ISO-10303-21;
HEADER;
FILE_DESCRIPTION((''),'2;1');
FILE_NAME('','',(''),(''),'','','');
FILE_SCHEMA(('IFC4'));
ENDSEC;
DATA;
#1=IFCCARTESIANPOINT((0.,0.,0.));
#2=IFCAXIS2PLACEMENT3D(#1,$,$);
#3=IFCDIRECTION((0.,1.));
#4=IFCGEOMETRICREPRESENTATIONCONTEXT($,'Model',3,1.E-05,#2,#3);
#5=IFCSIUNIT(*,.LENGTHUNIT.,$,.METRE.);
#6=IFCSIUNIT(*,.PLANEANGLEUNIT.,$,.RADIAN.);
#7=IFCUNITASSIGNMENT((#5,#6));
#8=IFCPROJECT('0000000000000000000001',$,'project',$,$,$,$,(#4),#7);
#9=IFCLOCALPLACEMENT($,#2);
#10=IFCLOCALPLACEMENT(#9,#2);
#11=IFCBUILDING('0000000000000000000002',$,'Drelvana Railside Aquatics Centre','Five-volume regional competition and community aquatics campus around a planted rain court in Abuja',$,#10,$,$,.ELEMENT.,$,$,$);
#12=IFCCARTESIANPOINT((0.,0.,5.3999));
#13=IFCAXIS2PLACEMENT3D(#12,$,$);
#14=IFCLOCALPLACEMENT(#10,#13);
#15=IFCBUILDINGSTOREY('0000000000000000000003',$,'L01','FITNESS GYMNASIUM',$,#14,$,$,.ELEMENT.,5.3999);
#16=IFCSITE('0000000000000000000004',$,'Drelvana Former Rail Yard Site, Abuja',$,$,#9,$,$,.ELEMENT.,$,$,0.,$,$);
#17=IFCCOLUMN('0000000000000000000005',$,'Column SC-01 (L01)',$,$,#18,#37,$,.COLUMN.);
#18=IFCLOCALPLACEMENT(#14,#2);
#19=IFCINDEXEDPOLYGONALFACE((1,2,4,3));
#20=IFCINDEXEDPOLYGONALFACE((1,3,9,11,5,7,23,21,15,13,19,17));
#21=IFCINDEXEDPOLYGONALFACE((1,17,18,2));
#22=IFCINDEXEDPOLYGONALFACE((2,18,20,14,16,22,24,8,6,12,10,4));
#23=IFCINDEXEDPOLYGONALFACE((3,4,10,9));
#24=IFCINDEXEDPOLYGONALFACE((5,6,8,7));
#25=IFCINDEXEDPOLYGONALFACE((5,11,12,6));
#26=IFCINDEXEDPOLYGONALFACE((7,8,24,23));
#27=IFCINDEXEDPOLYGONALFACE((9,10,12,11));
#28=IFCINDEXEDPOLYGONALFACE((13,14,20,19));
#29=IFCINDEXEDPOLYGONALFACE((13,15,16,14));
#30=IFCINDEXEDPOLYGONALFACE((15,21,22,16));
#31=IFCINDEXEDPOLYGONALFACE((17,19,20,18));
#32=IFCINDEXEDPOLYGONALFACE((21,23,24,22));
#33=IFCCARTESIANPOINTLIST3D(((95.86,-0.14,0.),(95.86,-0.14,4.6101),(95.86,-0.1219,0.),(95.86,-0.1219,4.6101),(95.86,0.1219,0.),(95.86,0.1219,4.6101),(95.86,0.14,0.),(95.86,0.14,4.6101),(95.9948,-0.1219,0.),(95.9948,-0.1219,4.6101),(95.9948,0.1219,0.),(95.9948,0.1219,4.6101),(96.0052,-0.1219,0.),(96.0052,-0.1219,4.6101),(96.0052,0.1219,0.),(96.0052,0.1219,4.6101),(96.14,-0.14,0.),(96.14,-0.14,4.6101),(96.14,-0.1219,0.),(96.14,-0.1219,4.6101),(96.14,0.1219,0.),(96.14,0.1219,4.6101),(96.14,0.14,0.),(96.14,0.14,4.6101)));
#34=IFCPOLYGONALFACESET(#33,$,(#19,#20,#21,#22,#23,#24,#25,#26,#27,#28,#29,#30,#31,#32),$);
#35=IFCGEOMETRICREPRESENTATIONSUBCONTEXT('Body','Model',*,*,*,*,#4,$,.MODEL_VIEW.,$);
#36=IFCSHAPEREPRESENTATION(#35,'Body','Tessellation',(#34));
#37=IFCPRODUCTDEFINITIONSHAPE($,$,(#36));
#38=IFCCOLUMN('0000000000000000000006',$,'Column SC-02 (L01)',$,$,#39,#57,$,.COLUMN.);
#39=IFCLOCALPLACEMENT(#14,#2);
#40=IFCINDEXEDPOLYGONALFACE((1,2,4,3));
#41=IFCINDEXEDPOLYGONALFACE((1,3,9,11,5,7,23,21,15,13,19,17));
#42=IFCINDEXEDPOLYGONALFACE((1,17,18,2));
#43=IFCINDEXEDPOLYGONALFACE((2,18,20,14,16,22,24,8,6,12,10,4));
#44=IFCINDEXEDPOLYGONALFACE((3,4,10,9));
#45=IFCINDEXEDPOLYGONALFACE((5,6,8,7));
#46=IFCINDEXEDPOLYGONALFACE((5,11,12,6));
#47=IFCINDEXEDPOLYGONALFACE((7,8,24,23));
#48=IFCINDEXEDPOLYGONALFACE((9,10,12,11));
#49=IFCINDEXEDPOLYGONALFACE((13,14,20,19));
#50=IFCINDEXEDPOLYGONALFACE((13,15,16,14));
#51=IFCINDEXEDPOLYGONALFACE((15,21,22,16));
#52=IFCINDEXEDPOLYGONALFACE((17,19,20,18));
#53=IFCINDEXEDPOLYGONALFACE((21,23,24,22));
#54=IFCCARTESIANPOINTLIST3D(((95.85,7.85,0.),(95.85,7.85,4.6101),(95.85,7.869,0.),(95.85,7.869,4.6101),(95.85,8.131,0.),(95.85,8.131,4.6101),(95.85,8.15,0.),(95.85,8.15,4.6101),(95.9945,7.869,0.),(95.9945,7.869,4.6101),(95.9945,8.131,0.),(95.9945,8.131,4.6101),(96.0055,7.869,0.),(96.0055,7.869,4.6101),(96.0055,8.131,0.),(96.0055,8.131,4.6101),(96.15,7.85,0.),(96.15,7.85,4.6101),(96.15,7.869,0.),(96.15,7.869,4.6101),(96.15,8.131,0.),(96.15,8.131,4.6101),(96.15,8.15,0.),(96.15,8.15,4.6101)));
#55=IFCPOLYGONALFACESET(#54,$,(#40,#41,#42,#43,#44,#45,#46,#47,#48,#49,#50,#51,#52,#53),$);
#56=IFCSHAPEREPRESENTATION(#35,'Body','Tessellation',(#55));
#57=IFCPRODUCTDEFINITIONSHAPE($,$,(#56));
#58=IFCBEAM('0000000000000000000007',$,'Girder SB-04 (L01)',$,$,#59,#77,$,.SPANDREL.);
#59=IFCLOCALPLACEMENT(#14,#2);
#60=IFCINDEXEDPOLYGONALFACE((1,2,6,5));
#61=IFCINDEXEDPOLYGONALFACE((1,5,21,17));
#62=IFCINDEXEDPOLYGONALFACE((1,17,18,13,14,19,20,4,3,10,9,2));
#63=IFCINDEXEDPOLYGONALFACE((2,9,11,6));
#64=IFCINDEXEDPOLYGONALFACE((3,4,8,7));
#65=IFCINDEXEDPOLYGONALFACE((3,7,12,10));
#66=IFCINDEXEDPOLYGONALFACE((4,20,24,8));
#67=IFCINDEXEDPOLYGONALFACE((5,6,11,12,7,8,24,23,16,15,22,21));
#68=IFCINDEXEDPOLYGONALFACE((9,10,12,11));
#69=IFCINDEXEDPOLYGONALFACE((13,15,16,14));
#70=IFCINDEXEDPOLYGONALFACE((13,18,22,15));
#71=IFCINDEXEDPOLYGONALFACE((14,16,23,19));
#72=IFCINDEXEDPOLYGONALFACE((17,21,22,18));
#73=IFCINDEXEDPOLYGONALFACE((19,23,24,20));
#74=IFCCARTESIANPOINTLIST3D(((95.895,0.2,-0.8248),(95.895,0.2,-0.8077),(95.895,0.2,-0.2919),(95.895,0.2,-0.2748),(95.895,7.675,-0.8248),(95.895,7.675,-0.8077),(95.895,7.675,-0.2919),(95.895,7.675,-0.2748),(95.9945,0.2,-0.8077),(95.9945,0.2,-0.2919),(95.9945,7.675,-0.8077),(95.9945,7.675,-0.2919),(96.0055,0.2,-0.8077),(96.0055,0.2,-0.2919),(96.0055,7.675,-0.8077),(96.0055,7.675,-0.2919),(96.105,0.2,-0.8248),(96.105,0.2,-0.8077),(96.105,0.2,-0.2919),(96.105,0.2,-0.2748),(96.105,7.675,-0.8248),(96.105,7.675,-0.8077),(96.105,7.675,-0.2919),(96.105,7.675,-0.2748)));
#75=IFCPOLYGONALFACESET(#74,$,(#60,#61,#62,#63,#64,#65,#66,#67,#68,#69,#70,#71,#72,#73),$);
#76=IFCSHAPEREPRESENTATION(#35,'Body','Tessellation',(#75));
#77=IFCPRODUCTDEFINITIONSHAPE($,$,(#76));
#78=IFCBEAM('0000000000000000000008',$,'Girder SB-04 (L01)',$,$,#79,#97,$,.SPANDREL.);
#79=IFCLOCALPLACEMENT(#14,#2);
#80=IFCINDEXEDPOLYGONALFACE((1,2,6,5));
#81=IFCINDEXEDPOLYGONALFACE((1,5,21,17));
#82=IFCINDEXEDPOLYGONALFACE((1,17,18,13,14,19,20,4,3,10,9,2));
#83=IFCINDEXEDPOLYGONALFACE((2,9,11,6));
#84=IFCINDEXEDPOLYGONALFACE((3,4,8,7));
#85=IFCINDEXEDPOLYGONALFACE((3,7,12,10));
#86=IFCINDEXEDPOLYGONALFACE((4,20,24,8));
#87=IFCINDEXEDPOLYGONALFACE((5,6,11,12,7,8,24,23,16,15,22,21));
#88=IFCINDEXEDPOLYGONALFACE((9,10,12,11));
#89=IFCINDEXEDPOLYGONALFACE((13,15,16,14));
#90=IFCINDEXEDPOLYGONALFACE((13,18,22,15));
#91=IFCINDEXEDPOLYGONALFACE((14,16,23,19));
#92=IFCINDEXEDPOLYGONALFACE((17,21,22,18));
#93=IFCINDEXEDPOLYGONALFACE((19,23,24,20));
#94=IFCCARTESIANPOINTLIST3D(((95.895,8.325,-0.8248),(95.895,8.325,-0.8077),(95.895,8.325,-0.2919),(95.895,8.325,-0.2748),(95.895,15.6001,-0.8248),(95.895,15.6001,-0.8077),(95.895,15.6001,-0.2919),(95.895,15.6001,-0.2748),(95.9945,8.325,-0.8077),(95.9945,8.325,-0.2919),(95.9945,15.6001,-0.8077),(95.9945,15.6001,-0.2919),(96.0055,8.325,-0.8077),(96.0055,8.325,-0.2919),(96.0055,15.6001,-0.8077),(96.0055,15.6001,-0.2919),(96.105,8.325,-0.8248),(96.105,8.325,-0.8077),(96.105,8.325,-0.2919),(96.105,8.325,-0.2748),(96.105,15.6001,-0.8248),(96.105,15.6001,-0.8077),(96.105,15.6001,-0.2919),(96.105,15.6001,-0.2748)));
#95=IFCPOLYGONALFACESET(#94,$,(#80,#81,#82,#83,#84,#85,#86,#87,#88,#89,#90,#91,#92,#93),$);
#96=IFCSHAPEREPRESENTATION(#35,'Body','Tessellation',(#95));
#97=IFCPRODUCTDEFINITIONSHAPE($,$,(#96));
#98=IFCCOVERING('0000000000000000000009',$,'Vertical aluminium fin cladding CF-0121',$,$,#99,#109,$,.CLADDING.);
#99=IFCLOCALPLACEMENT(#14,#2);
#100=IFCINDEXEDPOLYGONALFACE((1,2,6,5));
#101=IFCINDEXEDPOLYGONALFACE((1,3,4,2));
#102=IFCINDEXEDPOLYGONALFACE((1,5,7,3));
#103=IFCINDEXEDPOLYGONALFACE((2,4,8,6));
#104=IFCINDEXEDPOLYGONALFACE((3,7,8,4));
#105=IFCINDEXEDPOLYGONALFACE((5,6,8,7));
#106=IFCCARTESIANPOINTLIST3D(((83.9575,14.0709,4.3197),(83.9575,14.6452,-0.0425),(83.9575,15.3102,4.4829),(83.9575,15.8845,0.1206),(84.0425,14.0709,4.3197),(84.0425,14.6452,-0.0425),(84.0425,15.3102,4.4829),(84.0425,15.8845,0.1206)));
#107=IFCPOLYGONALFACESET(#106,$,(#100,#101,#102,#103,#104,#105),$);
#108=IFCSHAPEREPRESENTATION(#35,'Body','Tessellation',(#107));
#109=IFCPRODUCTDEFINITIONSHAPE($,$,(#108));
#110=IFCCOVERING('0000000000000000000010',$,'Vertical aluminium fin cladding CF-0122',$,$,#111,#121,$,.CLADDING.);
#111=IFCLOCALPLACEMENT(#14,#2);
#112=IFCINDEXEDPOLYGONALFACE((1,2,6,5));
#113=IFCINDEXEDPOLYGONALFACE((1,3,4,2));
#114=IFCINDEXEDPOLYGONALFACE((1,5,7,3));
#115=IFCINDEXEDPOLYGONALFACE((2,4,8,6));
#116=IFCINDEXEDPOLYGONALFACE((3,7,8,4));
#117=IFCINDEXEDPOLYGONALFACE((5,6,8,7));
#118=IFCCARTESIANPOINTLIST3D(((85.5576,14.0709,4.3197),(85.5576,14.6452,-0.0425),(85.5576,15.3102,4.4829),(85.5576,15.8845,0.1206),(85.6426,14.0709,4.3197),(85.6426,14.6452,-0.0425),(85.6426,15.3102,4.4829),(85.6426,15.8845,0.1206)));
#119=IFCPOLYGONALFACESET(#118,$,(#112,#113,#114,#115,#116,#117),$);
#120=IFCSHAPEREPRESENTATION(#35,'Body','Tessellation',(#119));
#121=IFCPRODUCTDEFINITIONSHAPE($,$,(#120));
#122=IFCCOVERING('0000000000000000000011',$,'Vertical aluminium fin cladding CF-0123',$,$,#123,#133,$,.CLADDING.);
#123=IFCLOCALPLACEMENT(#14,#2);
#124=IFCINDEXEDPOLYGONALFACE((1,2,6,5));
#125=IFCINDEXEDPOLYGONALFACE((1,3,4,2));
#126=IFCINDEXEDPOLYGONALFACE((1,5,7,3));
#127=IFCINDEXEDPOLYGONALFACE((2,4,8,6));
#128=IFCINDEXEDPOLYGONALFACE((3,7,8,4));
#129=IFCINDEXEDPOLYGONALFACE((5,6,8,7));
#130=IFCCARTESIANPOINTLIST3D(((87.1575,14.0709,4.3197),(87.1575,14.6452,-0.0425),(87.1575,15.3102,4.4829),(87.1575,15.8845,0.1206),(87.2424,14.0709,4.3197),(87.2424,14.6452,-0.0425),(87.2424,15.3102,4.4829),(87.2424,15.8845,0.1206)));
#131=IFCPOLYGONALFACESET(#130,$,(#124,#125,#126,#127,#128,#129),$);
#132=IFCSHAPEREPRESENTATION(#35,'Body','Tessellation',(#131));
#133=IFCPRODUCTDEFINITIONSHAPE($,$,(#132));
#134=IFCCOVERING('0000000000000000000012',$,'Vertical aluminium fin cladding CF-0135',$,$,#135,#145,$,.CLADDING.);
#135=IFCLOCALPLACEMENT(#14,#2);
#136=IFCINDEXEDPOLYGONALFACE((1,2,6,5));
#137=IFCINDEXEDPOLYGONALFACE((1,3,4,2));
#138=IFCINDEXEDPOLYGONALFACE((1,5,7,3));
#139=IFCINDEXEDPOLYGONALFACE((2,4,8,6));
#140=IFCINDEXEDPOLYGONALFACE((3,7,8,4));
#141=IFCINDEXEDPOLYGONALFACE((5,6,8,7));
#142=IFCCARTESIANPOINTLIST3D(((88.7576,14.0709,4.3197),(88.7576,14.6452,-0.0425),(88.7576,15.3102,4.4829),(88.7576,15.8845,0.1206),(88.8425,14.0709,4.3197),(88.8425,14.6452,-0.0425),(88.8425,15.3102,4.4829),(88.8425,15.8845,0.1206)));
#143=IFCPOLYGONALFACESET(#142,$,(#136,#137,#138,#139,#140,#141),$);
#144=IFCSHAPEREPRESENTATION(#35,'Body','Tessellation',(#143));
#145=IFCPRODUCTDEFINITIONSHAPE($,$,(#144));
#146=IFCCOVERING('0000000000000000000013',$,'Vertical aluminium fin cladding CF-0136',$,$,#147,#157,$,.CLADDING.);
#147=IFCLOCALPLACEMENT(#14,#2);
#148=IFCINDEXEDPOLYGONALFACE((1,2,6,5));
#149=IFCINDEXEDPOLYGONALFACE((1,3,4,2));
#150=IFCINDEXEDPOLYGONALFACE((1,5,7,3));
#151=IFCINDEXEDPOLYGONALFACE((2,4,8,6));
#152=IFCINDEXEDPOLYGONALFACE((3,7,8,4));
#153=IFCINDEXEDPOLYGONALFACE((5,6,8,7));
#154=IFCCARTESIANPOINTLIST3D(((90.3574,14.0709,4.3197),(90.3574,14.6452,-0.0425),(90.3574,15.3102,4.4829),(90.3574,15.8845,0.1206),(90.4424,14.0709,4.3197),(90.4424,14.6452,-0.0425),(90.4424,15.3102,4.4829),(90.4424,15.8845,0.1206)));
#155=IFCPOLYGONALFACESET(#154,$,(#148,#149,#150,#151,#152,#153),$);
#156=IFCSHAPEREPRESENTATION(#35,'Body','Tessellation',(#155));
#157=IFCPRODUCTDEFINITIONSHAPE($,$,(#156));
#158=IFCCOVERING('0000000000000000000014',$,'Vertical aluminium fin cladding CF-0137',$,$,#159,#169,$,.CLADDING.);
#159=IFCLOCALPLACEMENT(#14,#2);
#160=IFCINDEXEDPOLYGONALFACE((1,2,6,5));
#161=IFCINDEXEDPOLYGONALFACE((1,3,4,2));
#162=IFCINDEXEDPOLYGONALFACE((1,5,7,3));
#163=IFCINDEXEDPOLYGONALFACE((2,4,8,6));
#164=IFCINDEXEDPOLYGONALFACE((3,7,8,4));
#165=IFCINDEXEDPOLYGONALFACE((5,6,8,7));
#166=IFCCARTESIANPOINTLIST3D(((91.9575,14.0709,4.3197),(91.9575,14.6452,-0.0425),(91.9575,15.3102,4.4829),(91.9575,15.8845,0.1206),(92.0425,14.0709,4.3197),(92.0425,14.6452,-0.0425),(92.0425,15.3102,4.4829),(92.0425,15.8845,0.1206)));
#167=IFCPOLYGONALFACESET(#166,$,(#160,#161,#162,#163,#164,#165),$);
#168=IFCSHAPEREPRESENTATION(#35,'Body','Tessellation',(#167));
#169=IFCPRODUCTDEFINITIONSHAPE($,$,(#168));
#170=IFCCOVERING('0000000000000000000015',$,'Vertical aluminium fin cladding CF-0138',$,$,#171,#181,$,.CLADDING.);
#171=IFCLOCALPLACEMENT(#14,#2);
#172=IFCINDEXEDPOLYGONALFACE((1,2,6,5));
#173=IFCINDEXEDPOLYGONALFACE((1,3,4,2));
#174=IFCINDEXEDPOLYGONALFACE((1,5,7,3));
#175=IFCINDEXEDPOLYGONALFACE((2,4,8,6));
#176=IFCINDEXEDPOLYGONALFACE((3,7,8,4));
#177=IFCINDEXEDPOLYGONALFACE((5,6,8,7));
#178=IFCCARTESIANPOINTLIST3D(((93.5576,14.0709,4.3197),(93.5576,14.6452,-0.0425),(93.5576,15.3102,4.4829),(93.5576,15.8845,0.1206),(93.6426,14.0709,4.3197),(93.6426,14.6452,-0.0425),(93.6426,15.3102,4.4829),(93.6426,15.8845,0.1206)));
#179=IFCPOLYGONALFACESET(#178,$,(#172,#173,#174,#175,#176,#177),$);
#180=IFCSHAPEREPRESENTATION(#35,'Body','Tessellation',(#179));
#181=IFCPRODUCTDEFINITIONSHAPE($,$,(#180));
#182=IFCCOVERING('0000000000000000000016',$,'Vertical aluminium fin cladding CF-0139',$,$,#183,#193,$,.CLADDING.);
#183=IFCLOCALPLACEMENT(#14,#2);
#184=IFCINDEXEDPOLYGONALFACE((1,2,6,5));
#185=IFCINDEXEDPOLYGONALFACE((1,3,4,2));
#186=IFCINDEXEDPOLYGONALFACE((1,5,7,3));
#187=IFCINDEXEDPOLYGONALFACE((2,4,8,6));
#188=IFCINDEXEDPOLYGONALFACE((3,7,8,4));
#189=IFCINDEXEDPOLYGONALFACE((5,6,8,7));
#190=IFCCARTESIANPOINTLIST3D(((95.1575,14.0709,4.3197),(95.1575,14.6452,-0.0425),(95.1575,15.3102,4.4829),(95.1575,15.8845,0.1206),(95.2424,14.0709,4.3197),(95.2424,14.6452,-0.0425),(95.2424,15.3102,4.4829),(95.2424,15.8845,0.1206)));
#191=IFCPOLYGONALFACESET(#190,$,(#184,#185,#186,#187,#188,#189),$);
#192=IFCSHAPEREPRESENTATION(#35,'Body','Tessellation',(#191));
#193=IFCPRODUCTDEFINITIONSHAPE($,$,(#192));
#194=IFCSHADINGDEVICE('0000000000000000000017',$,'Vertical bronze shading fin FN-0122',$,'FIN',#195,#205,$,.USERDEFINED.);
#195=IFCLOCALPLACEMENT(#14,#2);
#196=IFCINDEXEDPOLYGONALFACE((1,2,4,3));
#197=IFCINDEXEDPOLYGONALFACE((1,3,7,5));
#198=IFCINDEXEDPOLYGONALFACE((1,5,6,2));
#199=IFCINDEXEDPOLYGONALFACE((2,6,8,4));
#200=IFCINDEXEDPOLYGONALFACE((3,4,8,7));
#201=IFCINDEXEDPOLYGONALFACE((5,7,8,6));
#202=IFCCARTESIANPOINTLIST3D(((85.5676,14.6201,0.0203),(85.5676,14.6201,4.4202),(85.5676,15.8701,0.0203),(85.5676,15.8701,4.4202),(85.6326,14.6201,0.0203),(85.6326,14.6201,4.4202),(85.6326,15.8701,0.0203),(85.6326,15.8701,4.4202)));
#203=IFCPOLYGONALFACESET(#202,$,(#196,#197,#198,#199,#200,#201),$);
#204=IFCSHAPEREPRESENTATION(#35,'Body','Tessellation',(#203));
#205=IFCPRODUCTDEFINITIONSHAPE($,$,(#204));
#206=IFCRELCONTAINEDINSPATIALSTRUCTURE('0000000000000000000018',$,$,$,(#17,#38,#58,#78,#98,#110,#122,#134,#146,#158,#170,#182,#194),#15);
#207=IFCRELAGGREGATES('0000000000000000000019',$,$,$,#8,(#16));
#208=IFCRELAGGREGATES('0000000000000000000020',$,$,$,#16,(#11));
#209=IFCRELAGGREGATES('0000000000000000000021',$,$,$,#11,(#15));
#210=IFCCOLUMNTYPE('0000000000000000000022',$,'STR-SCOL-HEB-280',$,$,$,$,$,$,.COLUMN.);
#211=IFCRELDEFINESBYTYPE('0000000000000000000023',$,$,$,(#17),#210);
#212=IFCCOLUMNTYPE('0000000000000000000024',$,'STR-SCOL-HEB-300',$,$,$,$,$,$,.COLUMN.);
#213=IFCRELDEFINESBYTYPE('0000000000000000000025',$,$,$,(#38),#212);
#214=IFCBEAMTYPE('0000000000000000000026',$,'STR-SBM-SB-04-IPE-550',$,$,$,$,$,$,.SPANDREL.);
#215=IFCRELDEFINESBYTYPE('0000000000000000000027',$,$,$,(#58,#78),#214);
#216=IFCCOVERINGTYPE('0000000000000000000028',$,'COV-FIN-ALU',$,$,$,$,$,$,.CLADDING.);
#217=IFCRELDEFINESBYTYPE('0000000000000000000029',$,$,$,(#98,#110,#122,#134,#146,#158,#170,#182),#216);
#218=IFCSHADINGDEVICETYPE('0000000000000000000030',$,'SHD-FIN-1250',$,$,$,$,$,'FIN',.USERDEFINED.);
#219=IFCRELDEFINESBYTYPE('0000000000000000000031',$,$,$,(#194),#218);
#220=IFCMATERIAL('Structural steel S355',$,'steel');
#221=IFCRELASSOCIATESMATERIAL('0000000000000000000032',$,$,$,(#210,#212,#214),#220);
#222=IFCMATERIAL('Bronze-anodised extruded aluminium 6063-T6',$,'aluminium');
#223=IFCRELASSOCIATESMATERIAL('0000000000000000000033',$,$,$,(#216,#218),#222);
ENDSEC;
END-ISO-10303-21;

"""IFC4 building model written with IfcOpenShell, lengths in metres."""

from ifc_helpers import new_model, si_unit, direction, frame, origin, origin_2d, place, context, subcontext, project, spatial, rectangle, i_section, extrude, material, material_profile, profile_set, type_object, element, save


model = new_model("IFC4")

# Units and contexts
model_context = context("Model", 3, precision=1e-05, world=origin(), true_north=direction((0.0, 1.0)))
body_context = subcontext(model_context, "Body", "Model", "MODEL_VIEW")
ifc_project = project(units=[si_unit("LENGTHUNIT", "METRE"), si_unit("PLANEANGLEUNIT", "RADIAN")], contexts=[model_context])

# Site, building, storey
site_placement = place(None, origin())
site = spatial("IfcSite", under=ifc_project, at=site_placement, Name="Drelvana Former Rail Yard Site, Abuja", CompositionType="ELEMENT", RefElevation=0.0)
building_placement = place(site_placement, origin())
building = spatial("IfcBuilding", under=site, at=building_placement, Name="Drelvana Railside Aquatics Centre", Description="Five-volume regional competition and community aquatics campus around a planted rain court in Abuja", CompositionType="ELEMENT")
storey_placement = place(building_placement, frame((0.0, 0.0, 5.3999)))
storey = spatial("IfcBuildingStorey", under=building, at=storey_placement, Name="L01", Description="FITNESS GYMNASIUM", CompositionType="ELEMENT", Elevation=5.3999)

# Columns
ifc_material_1 = material(Name="Structural steel S355", Category="steel")
ifc_material_profile_1 = material_profile(ifc_material_1, i_section(OverallWidth=0.28, OverallDepth=0.28, WebThickness=0.0105, FlangeThickness=0.0181, at=origin_2d()), Name="HEB 280")
ifc_profile_set_1 = profile_set([ifc_material_profile_1], Name="Structural steel S355")
column_type_1 = type_object("IfcColumnType", Name="STR-SCOL-HEB-280", PredefinedType="COLUMN", material=ifc_profile_set_1)
column_1_placement = place(storey_placement, frame((96.0, 0.0, 0.0), z_axis=(0.0, 0.0, 1.0), x_axis=(1.0, 0.0, 0.0)))
element("IfcColumn", 1, at=column_1_placement, inside=storey, type_object=column_type_1, Name="Column SC-01 (L01)", PredefinedType="COLUMN", context=body_context, shape_type="SweptSolid", body=[
    extrude(i_section(OverallWidth=0.28, OverallDepth=0.28, WebThickness=0.0105, FlangeThickness=0.0181, at=origin_2d()), origin(), (0.0, 0.0, 1.0), 4.6101),
])
ifc_material_profile_2 = material_profile(ifc_material_1, i_section(OverallWidth=0.3, OverallDepth=0.3, WebThickness=0.011, FlangeThickness=0.019, at=origin_2d()), Name="HEB 300")
ifc_profile_set_2 = profile_set([ifc_material_profile_2], Name="Structural steel S355")
column_type_2 = type_object("IfcColumnType", Name="STR-SCOL-HEB-300", PredefinedType="COLUMN", material=ifc_profile_set_2)
column_2_placement = place(storey_placement, frame((96.0, 8.0, 0.0), z_axis=(0.0, 0.0, 1.0), x_axis=(1.0, 0.0, 0.0)))
element("IfcColumn", 2, at=column_2_placement, inside=storey, type_object=column_type_2, Name="Column SC-02 (L01)", PredefinedType="COLUMN", context=body_context, shape_type="SweptSolid", body=[
    extrude(i_section(OverallWidth=0.3, OverallDepth=0.3, WebThickness=0.011, FlangeThickness=0.019, at=origin_2d()), origin(), (0.0, 0.0, 1.0), 4.6101),
])

# Beams
ifc_material_profile_3 = material_profile(ifc_material_1, i_section(OverallWidth=0.21, OverallDepth=0.55, WebThickness=0.011, FlangeThickness=0.0171, at=origin_2d()), Name="IPE 550")
ifc_profile_set_3 = profile_set([ifc_material_profile_3], Name="Structural steel S355")
beam_type = type_object("IfcBeamType", Name="STR-SBM-SB-04-IPE-550", PredefinedType="SPANDREL", material=ifc_profile_set_3)
beam_1_placement = place(storey_placement, frame((96.0, 0.2, -0.5498), z_axis=(0.0, 1.0, 0.0), x_axis=(-1.0, 0.0, 0.0)))
element("IfcBeam", 3, at=beam_1_placement, inside=storey, type_object=beam_type, Name="Girder SB-04 (L01)", PredefinedType="SPANDREL", context=body_context, shape_type="SweptSolid", body=[
    extrude(i_section(OverallWidth=0.21, OverallDepth=0.55, WebThickness=0.011, FlangeThickness=0.0171, at=origin_2d()), origin(), (0.0, 0.0, 1.0), 7.4751),
])
beam_2_placement = place(storey_placement, frame((96.0, 8.325, -0.5498), z_axis=(0.0, 1.0, 0.0), x_axis=(-1.0, 0.0, 0.0)))
element("IfcBeam", 4, at=beam_2_placement, inside=storey, type_object=beam_type, Name="Girder SB-04 (L01)", PredefinedType="SPANDREL", context=body_context, shape_type="SweptSolid", body=[
    extrude(i_section(OverallWidth=0.21, OverallDepth=0.55, WebThickness=0.011, FlangeThickness=0.0171, at=origin_2d()), origin(), (0.0, 0.0, 1.0), 7.2751),
])

# Coverings
ifc_material_2 = material(Name="Bronze-anodised extruded aluminium 6063-T6", Category="aluminium")
covering_type = type_object("IfcCoveringType", Name="COV-FIN-ALU", PredefinedType="CLADDING", material=ifc_material_2)
for number, where, z_axis, x_axis, name in (
    (5, (84.0, 15.2649, 0.0391), (0.0, -0.130526, 0.991445), (-1.0, 0.0, 0.0), "Vertical aluminium fin cladding CF-0121"),
    (6, (85.6001, 15.2649, 0.0391), (0.0, -0.130526, 0.991445), (-1.0, 0.0, 0.0), "Vertical aluminium fin cladding CF-0122"),
    (7, (87.2, 15.2649, 0.0391), (0.0, -0.130526, 0.991445), (-1.0, 0.0, 0.0), "Vertical aluminium fin cladding CF-0123"),
    (8, (88.8, 15.2649, 0.0391), (0.0, -0.130526, 0.991445), (-1.0, 0.0, 0.0), "Vertical aluminium fin cladding CF-0135"),
    (9, (90.3999, 15.2649, 0.0391), (0.0, -0.130526, 0.991445), (-1.0, 0.0, 0.0), "Vertical aluminium fin cladding CF-0136"),
    (10, (92.0, 15.2649, 0.0391), (0.0, -0.130526, 0.991445), (-1.0, 0.0, 0.0), "Vertical aluminium fin cladding CF-0137"),
    (11, (93.6001, 15.2649, 0.0391), (0.0, -0.130526, 0.991445), (-1.0, 0.0, 0.0), "Vertical aluminium fin cladding CF-0138"),
    (12, (95.2, 15.2649, 0.0391), (0.0, -0.130526, 0.991445), (-1.0, 0.0, 0.0), "Vertical aluminium fin cladding CF-0139"),
):
    element("IfcCovering", number, at=place(storey_placement, frame(where, z_axis=z_axis, x_axis=x_axis)), inside=storey, type_object=covering_type, Name=name, PredefinedType="CLADDING", context=body_context, shape_type="SweptSolid", body=[
        extrude(rectangle(XDim=0.085, YDim=1.25, at=origin_2d()), origin(), (0.0, 0.0, 1.0), 4.3999),
    ])

# Shading device
shading_device_type = type_object("IfcShadingDeviceType", Name="SHD-FIN-1250", ElementType="FIN", PredefinedType="USERDEFINED", material=ifc_material_2)
for number, where, z_axis, x_axis, name in (
    (13, (85.6001, 15.2451, 0.0203), (0.0, 0.0, 1.0), (0.0, -1.0, 0.0), "Vertical bronze shading fin FN-0122"),
):
    element("IfcShadingDevice", number, at=place(storey_placement, frame(where, z_axis=z_axis, x_axis=x_axis)), inside=storey, type_object=shading_device_type, Name=name, ObjectType="FIN", PredefinedType="USERDEFINED", context=body_context, shape_type="SweptSolid", body=[
        extrude(rectangle(XDim=1.25, YDim=0.0649, at=origin_2d()), origin(), (0.0, 0.0, 1.0), 4.3999),
    ])

save(model, "model.ifc")
